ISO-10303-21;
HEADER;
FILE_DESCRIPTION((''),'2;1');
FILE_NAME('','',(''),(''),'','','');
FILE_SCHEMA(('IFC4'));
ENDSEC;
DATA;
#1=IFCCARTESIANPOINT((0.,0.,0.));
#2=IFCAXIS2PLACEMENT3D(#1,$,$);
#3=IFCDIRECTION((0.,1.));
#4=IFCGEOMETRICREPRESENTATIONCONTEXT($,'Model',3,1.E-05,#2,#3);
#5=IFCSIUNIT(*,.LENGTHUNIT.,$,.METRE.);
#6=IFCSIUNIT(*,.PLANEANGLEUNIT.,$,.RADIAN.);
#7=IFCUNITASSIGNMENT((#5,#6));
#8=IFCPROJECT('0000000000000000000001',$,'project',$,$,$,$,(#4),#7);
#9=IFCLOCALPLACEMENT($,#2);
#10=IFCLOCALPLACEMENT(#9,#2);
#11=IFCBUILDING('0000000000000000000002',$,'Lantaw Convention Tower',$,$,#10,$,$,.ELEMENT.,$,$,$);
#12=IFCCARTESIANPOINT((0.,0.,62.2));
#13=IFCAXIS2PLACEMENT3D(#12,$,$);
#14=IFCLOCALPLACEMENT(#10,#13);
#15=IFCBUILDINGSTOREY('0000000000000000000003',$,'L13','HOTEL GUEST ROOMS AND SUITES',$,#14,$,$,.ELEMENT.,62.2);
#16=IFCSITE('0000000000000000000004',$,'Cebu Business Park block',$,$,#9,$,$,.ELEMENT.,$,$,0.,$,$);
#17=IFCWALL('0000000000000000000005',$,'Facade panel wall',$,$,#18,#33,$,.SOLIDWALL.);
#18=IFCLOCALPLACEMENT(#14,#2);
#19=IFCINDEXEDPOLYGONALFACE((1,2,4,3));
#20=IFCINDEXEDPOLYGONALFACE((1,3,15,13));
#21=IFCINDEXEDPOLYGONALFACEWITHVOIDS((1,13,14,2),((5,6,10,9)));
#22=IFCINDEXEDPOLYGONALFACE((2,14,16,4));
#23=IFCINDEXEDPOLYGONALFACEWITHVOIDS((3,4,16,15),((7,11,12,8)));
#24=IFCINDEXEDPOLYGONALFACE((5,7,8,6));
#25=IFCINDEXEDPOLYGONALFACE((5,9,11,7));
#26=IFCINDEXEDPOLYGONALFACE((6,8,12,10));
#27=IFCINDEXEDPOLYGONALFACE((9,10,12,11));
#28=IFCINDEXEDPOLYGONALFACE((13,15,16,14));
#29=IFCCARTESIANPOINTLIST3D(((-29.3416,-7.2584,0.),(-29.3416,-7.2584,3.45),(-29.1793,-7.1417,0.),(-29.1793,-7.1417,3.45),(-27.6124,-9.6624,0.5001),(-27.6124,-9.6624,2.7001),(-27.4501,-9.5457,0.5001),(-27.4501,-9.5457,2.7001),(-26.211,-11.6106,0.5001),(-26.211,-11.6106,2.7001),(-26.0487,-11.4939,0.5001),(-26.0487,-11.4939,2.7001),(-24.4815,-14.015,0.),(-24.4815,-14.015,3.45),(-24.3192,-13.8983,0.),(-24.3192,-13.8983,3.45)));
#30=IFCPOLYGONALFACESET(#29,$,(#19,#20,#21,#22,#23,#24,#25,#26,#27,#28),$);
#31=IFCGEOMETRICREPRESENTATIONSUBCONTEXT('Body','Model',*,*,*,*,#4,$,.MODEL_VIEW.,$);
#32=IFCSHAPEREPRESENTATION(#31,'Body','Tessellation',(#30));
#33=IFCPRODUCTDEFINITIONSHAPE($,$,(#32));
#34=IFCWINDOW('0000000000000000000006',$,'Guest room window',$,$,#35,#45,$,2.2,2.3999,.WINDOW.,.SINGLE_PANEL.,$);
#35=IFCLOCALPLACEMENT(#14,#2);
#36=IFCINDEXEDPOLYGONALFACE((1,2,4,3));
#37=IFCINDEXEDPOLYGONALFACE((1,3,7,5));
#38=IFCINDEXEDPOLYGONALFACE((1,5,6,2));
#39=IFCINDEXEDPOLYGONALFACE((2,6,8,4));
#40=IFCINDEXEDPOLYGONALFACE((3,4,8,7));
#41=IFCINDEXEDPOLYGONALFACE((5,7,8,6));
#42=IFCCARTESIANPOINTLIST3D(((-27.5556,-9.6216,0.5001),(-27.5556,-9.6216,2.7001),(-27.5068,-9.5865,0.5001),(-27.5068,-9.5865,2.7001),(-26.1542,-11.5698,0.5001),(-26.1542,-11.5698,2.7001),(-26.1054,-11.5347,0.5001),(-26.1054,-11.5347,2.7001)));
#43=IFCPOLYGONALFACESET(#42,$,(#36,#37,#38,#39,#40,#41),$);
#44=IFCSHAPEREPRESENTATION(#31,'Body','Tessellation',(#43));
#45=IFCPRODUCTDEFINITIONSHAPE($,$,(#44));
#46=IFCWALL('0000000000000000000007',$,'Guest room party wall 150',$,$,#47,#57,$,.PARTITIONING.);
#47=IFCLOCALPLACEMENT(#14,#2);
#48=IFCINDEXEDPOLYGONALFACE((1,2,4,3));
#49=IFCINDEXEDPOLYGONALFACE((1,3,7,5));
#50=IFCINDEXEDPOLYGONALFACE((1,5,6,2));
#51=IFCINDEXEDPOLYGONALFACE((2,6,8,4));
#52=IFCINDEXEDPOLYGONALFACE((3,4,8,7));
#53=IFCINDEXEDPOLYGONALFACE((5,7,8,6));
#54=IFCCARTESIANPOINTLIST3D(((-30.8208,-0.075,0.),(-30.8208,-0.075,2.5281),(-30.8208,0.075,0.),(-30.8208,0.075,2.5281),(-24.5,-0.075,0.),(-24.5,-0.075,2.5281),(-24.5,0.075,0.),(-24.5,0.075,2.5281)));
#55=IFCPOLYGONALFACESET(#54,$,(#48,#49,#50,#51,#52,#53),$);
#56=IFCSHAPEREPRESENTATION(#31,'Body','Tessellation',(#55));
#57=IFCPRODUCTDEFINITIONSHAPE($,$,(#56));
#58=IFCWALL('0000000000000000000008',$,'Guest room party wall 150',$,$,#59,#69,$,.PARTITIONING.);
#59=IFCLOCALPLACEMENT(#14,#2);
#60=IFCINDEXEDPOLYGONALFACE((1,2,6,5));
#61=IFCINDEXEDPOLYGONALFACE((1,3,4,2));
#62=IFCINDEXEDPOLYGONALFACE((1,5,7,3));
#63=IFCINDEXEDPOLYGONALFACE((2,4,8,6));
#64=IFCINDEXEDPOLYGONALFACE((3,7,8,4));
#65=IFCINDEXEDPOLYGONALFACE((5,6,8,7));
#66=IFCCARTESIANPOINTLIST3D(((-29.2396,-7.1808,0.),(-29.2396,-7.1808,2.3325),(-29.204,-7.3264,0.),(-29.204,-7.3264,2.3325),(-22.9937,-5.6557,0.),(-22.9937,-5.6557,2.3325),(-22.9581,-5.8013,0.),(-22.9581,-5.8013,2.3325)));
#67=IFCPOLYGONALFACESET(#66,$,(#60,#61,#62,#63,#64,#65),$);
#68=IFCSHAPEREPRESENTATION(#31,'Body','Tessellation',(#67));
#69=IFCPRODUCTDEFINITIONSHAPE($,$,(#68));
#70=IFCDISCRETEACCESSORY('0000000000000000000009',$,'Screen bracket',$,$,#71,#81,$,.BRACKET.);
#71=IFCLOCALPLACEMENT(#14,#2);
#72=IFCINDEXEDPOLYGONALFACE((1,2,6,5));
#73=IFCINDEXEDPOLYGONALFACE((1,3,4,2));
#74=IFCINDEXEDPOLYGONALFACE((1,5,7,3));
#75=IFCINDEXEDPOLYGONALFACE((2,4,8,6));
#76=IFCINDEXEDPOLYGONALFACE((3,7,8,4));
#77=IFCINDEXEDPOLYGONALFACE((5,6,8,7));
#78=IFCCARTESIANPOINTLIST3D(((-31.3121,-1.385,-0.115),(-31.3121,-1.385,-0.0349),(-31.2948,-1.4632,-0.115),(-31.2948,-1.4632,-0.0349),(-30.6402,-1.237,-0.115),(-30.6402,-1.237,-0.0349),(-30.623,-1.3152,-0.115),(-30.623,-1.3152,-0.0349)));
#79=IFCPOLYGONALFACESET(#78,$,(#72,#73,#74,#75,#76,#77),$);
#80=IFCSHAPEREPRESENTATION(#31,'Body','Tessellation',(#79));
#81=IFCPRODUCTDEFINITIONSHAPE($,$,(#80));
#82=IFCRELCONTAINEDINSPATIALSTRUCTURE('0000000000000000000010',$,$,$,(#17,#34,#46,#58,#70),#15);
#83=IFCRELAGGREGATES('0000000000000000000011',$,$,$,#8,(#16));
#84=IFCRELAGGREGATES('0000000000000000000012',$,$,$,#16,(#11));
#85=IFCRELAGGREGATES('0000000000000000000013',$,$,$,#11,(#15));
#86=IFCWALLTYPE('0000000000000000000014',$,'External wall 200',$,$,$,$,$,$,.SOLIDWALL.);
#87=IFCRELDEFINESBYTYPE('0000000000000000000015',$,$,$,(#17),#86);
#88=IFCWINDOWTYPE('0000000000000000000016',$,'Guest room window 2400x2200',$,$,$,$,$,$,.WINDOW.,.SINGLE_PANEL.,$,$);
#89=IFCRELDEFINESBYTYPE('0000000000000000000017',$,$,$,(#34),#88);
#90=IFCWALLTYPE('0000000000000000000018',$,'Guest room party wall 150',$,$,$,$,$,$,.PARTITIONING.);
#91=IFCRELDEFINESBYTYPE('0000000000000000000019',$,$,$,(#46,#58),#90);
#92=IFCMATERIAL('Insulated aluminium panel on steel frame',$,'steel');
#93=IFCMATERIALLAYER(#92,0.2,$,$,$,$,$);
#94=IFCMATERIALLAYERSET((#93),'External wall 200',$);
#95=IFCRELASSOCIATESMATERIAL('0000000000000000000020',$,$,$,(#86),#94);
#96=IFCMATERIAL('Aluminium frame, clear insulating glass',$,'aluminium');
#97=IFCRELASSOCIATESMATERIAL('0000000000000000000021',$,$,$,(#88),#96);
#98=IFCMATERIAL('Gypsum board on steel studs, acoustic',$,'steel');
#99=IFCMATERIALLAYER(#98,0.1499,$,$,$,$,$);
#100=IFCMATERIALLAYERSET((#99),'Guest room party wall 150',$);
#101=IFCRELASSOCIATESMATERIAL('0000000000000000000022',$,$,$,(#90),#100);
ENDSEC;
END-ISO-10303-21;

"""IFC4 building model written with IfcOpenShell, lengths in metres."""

from ifc_helpers import new_model, si_unit, direction, frame, frame_2d, origin, origin_2d, place, context, subcontext, project, spatial, rectangle, extrude, material, layer, layer_set, type_object, element, fill, save


model = new_model("IFC4")

# Units and contexts
model_context = context("Model", 3, precision=1e-05, world=origin(), true_north=direction((0.0, 1.0)))
body_context = subcontext(model_context, "Body", "Model", "MODEL_VIEW")
ifc_project = project(units=[si_unit("LENGTHUNIT", "METRE"), si_unit("PLANEANGLEUNIT", "RADIAN")], contexts=[model_context])

# Site, building, storey
site_placement = place(None, origin())
site = spatial("IfcSite", under=ifc_project, at=site_placement, Name="Cebu Business Park block", CompositionType="ELEMENT", RefElevation=0.0)
building_placement = place(site_placement, origin())
building = spatial("IfcBuilding", under=site, at=building_placement, Name="Lantaw Convention Tower", CompositionType="ELEMENT")
storey_placement = place(building_placement, frame((0.0, 0.0, 62.2)))
storey = spatial("IfcBuildingStorey", under=building, at=storey_placement, Name="L13", Description="HOTEL GUEST ROOMS AND SUITES", CompositionType="ELEMENT", Elevation=62.2)

# Wall, opening, window
ifc_material_1 = material(Name="Insulated aluminium panel on steel frame", Category="steel")
ifc_layer_1 = layer(ifc_material_1, 0.2)
ifc_layer_set_1 = layer_set([ifc_layer_1], Name="External wall 200")
wall_type_1 = type_object("IfcWallType", Name="External wall 200", PredefinedType="SOLIDWALL", material=ifc_layer_set_1)
wall_1_placement = place(storey_placement, frame((-29.2605, -7.2, 0.0), z_axis=(0.0, 0.0, 1.0), x_axis=(0.583938, -0.811799, 0.0)))
wall_1 = element("IfcWall", 1, at=wall_1_placement, inside=storey, type_object=wall_type_1, Name="Facade panel wall", PredefinedType="SOLIDWALL", context=body_context, shape_type="SweptSolid", body=[
    extrude(rectangle(XDim=8.323, YDim=0.2, at=frame_2d((4.1616, 0.0))), origin(), (0.0, 0.0, 1.0), 3.45),
])
opening_1_placement = place(wall_1_placement, frame((2.9614, 0.0, 0.5)))
opening_1 = element("IfcOpeningElement", 2, at=opening_1_placement, cuts=wall_1, PredefinedType="OPENING", context=body_context, shape_type="SweptSolid", body=[
    extrude(rectangle(XDim=2.3999, YDim=2.2, at=frame_2d((1.2, 1.1001))), frame((0.0, 0.1099, 0.0), z_axis=(0.0, -1.0, 0.0), x_axis=(1.0, 0.0, 0.0)), (0.0, 0.0, 1.0), 0.22),
])
ifc_material_2 = material(Name="Aluminium frame, clear insulating glass", Category="aluminium")
window_type = type_object("IfcWindowType", Name="Guest room window 2400x2200", PartitioningType="SINGLE_PANEL", PredefinedType="WINDOW", material=ifc_material_2)
window_placement = place(opening_1_placement, origin())
window = element("IfcWindow", 3, at=window_placement, inside=storey, type_object=window_type, Name="Guest room window", OverallHeight=2.2, OverallWidth=2.3999, PartitioningType="SINGLE_PANEL", PredefinedType="WINDOW", context=body_context, shape_type="SweptSolid", body=[
    extrude(rectangle(XDim=2.3999, YDim=2.2, at=frame_2d((1.2, 1.1001))), frame((0.0, 0.03, 0.0), z_axis=(0.0, -1.0, 0.0), x_axis=(1.0, 0.0, 0.0)), (0.0, 0.0, 1.0), 0.0601),
])
fill(opening_1, window)

# Walls
ifc_material_3 = material(Name="Gypsum board on steel studs, acoustic", Category="steel")
ifc_layer_2 = layer(ifc_material_3, 0.1499)
ifc_layer_set_2 = layer_set([ifc_layer_2], Name="Guest room party wall 150")
wall_type_2 = type_object("IfcWallType", Name="Guest room party wall 150", PredefinedType="PARTITIONING", material=ifc_layer_set_2)
wall_2_placement = place(storey_placement, frame((-30.8208, 0.0, 0.0), z_axis=(0.0, 0.0, 1.0), x_axis=(1.0, 0.0, 0.0)))
element("IfcWall", 4, at=wall_2_placement, inside=storey, type_object=wall_type_2, Name="Guest room party wall 150", PredefinedType="PARTITIONING", context=body_context, shape_type="SweptSolid", body=[
    extrude(rectangle(XDim=6.3208, YDim=0.1499, at=frame_2d((3.1604, 0.0))), origin(), (0.0, 0.0, 1.0), 2.5281),
])
wall_3_placement = place(storey_placement, frame((-29.2219, -7.2537, 0.0), z_axis=(0.0, 0.0, 1.0), x_axis=(0.971457, 0.237216, 0.0)))
element("IfcWall", 5, at=wall_3_placement, inside=storey, type_object=wall_type_2, Name="Guest room party wall 150", PredefinedType="PARTITIONING", context=body_context, shape_type="SweptSolid", body=[
    extrude(rectangle(XDim=6.4294, YDim=0.1499, at=frame_2d((3.2148, 0.0))), origin(), (0.0, 0.0, 1.0), 2.3325),
])

# Discrete accessory
discrete_accessory_placement = place(storey_placement, frame((-30.9675, -1.3501, -0.115), z_axis=(0.0, 0.0, 1.0), x_axis=(0.215246, -0.97656, 0.0)))
element("IfcDiscreteAccessory", 6, at=discrete_accessory_placement, inside=storey, Name="Screen bracket", PredefinedType="BRACKET", context=body_context, shape_type="SweptSolid", body=[
    extrude(rectangle(XDim=0.0801, YDim=0.688, at=origin_2d()), origin(), (0.0, 0.0, 1.0), 0.0801),
])

save(model, "model.ifc")
